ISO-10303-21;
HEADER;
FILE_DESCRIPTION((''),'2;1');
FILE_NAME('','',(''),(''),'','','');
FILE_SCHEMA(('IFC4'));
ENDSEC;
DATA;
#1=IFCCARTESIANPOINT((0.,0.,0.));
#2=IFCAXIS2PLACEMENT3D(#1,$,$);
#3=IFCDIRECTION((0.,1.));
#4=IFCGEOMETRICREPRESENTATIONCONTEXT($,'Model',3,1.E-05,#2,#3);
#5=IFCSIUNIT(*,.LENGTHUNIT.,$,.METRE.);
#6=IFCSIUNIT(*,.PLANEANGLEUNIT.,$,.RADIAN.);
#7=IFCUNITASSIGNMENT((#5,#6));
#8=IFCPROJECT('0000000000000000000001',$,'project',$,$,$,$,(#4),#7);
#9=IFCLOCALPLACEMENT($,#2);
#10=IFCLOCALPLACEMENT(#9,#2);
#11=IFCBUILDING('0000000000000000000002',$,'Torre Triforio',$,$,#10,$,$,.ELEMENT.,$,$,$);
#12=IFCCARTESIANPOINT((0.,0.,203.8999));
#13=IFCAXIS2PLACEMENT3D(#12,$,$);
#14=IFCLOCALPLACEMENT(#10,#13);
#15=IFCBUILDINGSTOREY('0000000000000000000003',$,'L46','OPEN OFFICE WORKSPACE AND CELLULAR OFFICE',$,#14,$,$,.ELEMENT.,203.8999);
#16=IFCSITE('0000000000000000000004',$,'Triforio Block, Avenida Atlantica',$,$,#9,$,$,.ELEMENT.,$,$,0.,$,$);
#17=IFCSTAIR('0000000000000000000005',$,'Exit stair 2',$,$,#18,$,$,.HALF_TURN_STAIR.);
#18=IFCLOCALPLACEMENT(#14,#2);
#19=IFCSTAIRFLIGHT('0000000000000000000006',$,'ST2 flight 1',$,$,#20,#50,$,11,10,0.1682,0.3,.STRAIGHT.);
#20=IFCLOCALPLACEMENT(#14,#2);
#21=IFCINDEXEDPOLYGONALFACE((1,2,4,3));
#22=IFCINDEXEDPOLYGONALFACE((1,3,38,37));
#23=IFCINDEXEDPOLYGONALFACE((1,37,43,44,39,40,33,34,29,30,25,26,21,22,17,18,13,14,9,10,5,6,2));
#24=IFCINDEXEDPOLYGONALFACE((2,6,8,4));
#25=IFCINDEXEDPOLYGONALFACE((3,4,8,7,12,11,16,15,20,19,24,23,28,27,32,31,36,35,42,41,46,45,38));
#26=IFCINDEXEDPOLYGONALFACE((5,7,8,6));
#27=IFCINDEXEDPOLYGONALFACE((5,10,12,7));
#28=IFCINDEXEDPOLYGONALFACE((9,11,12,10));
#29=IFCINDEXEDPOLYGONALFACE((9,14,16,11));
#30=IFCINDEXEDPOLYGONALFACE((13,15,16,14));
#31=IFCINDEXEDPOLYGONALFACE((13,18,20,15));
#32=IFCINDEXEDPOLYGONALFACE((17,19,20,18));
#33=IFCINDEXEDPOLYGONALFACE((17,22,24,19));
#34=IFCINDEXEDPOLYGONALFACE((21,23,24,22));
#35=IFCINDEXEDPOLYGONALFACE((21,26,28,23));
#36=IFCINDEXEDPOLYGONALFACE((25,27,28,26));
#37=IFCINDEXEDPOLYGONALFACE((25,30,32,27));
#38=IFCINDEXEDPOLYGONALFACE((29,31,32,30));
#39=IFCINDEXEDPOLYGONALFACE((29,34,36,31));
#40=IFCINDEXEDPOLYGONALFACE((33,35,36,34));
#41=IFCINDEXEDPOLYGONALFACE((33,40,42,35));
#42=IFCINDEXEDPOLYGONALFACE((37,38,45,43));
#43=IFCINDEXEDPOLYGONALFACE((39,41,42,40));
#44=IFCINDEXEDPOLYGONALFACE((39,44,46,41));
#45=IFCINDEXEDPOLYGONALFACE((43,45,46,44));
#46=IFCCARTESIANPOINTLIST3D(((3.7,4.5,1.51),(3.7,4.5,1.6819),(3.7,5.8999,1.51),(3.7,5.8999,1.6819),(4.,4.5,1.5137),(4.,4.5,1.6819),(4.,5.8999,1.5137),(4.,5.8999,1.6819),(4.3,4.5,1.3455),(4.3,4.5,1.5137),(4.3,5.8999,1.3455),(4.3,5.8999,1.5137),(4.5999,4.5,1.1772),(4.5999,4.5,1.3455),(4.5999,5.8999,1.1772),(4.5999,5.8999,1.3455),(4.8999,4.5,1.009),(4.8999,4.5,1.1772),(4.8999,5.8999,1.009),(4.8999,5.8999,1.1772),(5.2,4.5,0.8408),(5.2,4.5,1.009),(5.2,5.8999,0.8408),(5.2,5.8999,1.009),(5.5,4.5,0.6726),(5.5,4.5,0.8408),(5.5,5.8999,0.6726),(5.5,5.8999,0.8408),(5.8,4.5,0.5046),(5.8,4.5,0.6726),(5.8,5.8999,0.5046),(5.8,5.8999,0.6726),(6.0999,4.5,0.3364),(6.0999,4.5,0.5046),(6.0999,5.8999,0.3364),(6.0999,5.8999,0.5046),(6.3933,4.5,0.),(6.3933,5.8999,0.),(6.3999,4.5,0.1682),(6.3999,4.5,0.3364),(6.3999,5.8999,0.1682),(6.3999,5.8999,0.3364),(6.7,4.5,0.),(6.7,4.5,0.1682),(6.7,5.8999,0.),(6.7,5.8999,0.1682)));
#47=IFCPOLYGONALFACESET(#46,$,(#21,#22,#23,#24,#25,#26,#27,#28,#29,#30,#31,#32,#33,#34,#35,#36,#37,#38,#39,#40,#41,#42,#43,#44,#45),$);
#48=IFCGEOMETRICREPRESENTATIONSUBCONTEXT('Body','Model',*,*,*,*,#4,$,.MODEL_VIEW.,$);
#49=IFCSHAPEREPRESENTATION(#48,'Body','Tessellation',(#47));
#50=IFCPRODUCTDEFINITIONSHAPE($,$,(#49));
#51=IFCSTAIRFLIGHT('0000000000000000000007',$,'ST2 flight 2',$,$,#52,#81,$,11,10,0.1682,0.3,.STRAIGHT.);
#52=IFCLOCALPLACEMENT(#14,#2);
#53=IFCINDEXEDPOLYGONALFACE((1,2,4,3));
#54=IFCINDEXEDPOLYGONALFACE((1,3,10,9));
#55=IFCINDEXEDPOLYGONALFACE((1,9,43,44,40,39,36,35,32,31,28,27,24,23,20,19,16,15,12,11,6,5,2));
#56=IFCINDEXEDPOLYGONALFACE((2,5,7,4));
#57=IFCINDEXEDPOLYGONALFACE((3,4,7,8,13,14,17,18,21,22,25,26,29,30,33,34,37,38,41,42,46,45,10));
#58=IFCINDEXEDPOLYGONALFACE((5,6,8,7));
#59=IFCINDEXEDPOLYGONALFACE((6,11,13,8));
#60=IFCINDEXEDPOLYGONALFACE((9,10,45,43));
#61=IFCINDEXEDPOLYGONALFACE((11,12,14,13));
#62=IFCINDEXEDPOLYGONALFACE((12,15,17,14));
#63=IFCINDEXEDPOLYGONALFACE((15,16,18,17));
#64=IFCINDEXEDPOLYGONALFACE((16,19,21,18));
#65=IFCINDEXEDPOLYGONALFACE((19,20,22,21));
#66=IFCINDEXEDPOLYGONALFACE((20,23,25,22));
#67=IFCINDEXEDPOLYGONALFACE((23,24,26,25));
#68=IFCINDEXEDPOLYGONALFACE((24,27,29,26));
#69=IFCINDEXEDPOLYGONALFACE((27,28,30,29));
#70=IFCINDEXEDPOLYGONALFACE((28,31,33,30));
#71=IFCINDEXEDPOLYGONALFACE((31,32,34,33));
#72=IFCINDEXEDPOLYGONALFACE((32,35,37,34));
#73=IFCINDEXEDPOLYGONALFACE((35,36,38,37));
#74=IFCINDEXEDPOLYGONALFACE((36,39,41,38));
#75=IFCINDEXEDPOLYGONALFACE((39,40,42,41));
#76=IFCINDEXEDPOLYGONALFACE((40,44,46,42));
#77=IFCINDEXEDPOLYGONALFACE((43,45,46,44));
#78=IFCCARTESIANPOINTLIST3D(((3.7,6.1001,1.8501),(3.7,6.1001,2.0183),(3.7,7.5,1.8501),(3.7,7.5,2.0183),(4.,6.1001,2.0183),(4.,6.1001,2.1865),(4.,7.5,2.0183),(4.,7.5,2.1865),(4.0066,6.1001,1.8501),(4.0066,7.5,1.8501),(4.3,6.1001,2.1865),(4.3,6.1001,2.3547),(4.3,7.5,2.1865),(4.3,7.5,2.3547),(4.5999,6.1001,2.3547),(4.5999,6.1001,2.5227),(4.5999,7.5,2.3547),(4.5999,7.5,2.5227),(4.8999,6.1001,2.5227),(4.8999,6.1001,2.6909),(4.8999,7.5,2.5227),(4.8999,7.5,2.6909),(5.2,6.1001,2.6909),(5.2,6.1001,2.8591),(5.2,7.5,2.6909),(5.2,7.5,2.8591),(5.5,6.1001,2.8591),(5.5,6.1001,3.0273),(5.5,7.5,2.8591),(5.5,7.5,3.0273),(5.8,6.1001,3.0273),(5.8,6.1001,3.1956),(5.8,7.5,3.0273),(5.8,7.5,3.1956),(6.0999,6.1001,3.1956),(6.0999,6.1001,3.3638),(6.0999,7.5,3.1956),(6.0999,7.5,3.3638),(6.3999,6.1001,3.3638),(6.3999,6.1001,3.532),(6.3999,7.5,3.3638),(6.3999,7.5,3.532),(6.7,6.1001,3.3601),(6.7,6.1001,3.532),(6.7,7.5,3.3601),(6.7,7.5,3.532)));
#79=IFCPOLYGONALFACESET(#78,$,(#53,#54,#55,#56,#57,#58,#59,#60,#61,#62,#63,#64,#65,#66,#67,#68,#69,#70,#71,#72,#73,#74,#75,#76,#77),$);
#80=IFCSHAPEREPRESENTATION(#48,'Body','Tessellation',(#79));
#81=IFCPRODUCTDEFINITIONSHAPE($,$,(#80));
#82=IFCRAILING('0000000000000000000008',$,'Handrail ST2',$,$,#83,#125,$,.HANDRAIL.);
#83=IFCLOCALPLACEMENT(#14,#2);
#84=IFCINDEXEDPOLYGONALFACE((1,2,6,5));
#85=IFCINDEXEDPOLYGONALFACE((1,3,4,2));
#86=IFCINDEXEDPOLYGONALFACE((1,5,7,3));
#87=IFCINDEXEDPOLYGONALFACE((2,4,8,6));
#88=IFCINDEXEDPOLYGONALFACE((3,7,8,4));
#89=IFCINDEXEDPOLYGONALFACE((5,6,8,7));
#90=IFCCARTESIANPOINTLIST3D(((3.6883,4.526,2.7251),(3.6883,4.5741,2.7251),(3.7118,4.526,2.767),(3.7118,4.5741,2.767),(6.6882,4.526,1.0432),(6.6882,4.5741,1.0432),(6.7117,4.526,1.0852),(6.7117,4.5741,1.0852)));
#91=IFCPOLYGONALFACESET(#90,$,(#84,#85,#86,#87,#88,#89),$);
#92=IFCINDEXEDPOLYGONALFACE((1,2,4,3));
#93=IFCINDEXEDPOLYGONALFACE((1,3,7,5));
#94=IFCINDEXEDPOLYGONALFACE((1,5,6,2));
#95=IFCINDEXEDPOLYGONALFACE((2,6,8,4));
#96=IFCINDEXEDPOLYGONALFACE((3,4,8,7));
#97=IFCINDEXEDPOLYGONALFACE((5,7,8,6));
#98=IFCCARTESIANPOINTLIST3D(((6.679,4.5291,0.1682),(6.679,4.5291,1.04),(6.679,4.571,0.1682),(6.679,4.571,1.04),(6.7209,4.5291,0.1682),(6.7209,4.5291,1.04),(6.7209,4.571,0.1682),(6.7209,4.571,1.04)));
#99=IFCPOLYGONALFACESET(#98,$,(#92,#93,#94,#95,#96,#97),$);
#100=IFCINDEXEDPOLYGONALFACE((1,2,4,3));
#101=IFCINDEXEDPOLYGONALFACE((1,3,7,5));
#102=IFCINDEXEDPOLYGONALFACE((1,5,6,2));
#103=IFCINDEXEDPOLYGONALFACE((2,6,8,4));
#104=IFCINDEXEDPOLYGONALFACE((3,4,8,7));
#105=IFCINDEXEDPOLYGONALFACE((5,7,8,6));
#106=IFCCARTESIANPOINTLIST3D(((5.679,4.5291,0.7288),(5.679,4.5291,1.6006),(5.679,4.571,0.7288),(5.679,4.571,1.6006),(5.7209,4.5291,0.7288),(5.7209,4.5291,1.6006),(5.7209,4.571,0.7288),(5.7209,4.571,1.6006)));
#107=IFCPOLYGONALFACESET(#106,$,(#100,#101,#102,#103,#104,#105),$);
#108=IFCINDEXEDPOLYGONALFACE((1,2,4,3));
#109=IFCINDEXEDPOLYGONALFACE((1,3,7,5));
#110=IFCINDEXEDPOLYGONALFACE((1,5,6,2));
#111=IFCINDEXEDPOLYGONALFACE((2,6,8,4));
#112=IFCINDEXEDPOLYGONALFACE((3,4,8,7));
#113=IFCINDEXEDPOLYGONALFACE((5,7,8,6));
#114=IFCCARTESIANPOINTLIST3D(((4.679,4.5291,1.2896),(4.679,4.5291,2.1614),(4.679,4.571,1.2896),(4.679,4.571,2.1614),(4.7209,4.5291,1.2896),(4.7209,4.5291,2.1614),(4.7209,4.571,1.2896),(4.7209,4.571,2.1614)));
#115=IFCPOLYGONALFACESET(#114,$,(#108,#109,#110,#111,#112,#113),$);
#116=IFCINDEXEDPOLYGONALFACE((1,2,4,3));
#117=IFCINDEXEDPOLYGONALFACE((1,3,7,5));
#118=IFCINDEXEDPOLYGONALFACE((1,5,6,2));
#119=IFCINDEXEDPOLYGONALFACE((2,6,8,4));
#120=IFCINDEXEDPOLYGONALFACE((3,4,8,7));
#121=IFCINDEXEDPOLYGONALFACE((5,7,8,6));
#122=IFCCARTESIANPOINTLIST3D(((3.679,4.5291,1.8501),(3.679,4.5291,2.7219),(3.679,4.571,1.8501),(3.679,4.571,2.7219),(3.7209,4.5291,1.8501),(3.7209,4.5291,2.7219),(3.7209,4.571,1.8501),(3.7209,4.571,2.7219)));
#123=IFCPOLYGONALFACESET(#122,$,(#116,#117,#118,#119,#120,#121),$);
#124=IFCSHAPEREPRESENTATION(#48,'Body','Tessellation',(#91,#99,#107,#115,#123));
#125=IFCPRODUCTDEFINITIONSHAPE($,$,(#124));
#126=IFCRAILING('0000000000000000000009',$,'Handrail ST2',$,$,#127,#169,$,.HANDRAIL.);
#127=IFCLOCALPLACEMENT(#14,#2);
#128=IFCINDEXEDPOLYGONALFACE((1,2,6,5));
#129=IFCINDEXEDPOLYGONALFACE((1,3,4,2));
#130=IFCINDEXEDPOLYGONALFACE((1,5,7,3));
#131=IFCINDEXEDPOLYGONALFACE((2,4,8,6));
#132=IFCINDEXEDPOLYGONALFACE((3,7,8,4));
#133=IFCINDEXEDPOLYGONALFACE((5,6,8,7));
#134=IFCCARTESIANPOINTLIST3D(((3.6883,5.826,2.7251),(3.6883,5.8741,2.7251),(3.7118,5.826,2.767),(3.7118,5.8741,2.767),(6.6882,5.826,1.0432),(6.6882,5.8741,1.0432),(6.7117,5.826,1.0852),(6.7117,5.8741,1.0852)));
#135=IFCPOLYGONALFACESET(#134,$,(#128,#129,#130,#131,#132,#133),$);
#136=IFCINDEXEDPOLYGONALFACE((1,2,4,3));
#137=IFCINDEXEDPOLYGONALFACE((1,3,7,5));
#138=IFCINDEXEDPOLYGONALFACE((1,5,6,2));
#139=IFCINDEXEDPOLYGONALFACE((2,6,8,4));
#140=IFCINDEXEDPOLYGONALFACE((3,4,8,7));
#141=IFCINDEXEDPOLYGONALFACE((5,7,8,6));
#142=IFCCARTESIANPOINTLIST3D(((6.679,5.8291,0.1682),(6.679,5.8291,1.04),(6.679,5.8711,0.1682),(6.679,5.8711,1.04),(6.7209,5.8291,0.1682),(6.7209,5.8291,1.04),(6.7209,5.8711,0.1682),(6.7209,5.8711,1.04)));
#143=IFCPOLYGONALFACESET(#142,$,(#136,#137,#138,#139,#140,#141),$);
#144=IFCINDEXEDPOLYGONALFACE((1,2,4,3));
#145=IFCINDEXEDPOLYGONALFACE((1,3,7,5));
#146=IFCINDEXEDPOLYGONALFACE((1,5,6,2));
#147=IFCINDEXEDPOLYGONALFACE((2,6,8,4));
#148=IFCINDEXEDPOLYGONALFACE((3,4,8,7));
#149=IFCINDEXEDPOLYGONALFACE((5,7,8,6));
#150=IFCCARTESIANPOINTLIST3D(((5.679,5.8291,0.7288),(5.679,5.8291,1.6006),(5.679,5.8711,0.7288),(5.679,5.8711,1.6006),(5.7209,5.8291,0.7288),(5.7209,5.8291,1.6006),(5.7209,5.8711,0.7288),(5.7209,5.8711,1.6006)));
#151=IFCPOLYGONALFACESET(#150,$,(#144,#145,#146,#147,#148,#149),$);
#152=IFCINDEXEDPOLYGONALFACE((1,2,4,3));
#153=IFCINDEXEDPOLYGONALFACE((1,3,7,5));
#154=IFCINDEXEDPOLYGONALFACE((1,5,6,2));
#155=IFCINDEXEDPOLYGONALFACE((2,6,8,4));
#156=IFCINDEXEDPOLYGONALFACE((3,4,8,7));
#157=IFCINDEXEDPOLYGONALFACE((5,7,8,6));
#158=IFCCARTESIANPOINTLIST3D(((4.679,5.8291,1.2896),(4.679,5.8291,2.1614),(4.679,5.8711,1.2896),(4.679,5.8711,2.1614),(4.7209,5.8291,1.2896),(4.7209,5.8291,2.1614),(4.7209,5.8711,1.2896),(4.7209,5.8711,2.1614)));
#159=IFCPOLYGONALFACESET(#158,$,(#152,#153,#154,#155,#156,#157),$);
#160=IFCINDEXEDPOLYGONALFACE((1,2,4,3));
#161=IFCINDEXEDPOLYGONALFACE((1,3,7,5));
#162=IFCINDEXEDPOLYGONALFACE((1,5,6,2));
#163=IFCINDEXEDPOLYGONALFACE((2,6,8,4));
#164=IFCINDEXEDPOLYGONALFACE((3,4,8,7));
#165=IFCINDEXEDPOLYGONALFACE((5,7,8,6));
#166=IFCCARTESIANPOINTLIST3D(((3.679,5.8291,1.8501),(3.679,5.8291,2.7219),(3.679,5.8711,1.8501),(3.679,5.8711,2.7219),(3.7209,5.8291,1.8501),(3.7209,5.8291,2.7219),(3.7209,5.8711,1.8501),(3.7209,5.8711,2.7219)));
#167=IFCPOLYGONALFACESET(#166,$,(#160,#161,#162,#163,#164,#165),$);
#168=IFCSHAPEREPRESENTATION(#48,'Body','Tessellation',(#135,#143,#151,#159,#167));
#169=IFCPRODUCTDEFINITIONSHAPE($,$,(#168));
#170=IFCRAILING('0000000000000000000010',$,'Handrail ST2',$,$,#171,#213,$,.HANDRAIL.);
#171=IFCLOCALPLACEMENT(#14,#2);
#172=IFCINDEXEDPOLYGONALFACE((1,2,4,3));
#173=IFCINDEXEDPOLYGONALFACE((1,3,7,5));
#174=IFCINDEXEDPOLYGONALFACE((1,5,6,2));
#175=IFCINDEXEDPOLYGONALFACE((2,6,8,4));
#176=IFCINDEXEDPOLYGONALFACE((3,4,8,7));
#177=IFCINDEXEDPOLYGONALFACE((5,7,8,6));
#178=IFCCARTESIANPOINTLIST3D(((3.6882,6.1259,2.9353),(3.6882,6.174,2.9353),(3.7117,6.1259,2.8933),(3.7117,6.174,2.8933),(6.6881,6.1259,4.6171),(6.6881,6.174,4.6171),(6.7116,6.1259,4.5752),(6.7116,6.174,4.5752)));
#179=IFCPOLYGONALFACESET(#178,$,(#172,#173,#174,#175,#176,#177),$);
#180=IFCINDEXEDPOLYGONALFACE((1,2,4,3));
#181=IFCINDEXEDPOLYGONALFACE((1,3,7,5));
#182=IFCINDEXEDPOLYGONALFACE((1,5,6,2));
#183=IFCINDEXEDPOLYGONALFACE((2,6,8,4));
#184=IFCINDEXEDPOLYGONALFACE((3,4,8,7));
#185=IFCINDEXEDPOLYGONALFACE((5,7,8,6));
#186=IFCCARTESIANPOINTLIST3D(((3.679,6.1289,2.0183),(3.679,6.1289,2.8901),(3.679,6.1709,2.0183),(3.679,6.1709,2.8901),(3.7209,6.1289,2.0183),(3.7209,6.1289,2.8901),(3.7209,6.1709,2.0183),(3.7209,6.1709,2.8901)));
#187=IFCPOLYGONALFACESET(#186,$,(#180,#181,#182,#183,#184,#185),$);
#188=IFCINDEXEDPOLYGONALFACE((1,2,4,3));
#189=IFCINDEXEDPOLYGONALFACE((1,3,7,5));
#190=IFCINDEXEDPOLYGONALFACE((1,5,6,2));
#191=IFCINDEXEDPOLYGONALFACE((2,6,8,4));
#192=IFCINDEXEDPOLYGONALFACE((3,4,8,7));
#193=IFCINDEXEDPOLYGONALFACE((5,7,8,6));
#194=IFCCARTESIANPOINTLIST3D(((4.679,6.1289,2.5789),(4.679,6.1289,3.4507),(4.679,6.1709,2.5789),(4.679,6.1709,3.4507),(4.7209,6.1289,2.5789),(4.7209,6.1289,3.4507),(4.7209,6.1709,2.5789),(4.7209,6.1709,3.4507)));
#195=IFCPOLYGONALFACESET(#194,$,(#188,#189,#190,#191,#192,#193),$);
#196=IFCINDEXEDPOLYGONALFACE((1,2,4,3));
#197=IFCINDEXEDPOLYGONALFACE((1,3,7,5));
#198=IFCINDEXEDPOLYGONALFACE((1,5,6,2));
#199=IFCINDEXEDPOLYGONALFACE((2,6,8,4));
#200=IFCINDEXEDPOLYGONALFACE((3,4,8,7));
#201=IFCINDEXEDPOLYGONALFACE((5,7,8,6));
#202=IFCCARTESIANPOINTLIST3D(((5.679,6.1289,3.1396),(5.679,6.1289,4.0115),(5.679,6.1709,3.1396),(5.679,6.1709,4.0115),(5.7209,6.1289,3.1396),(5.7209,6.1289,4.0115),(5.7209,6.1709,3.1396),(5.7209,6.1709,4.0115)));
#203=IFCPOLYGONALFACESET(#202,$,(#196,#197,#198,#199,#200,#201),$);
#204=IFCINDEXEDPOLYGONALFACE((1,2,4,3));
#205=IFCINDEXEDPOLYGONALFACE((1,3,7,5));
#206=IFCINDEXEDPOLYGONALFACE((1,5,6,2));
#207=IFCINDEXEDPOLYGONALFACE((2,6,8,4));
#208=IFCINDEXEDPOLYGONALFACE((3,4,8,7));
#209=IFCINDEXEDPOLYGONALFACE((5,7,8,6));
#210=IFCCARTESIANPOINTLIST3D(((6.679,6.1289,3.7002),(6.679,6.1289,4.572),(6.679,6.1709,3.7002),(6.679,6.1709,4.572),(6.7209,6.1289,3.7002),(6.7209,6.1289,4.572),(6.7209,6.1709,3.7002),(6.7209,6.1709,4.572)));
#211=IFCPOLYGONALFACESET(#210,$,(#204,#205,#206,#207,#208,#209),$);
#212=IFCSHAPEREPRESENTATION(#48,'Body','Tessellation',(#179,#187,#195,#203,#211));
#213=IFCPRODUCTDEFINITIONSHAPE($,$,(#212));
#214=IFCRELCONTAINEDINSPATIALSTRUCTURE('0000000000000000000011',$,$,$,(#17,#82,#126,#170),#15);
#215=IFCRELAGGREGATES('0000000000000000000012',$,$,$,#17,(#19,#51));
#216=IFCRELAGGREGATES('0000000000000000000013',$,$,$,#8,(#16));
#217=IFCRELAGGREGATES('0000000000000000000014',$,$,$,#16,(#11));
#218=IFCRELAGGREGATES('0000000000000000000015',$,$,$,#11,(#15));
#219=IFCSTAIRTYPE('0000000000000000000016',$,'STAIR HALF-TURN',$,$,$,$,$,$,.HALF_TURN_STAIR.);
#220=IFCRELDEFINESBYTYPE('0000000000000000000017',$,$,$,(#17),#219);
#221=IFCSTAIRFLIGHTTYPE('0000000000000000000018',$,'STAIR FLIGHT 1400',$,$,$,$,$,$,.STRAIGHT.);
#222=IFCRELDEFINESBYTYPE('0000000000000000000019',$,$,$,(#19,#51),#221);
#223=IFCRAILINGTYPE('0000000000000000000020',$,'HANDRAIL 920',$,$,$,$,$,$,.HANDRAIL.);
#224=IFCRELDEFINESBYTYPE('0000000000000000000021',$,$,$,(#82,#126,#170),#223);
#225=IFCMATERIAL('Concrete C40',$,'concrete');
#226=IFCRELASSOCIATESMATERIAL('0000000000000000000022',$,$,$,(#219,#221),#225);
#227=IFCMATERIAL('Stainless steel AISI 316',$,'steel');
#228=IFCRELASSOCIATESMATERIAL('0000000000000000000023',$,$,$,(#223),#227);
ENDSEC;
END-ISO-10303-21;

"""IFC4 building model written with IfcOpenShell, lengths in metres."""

from ifc_helpers import new_model, si_unit, direction, frame, origin, origin_2d, place, context, subcontext, project, spatial, polyline, rectangle, outline, extrude, material, type_object, element, aggregate, save


model = new_model("IFC4")

# Units and contexts
model_context = context("Model", 3, precision=1e-05, world=origin(), true_north=direction((0.0, 1.0)))
body_context = subcontext(model_context, "Body", "Model", "MODEL_VIEW")
ifc_project = project(units=[si_unit("LENGTHUNIT", "METRE"), si_unit("PLANEANGLEUNIT", "RADIAN")], contexts=[model_context])

# Site, building, storey
site_placement = place(None, origin())
site = spatial("IfcSite", under=ifc_project, at=site_placement, Name="Triforio Block, Avenida Atlantica", CompositionType="ELEMENT", RefElevation=0.0)
building_placement = place(site_placement, origin())
building = spatial("IfcBuilding", under=site, at=building_placement, Name="Torre Triforio", CompositionType="ELEMENT")
storey_placement = place(building_placement, frame((0.0, 0.0, 203.8999)))
storey = spatial("IfcBuildingStorey", under=building, at=storey_placement, Name="L46", Description="OPEN OFFICE WORKSPACE AND CELLULAR OFFICE", CompositionType="ELEMENT", Elevation=203.8999)

# Stair
ifc_material_1 = material(Name="Concrete C40", Category="concrete")
stair_type = type_object("IfcStairType", Name="STAIR HALF-TURN", PredefinedType="HALF_TURN_STAIR", material=ifc_material_1)
stair_1_placement = place(storey_placement, origin())
stair_1 = element("IfcStair", 1, at=stair_1_placement, inside=storey, type_object=stair_type, Name="Exit stair 2", PredefinedType="HALF_TURN_STAIR")

# Stair flights
stair_flight_type = type_object("IfcStairFlightType", Name="STAIR FLIGHT 1400", PredefinedType="STRAIGHT", material=ifc_material_1)
stair_flight_1_placement = place(storey_placement, frame((6.7, 5.2, 0.0), z_axis=(0.0, 0.0, 1.0), x_axis=(-1.0, 0.0, 0.0)))
stair_flight_1 = element("IfcStairFlight", 2, at=stair_flight_1_placement, type_object=stair_flight_type, Name="ST2 flight 1", NumberOfRisers=11, NumberOfTreads=10, PredefinedType="STRAIGHT", RiserHeight=0.1682, TreadLength=0.3, context=body_context, shape_type="SweptSolid", body=[
    extrude(outline(polyline([(0.0, 0.0), (0.0, 0.1682), (0.3, 0.1682), (0.3, 0.3364), (0.6001, 0.3364), (0.6001, 0.5046), (0.8999, 0.5046), (0.8999, 0.6726), (1.2, 0.6726), (1.2, 0.8408), (1.5, 0.8408), (1.5, 1.009), (1.8, 1.009), (1.8, 1.1772), (2.1001, 1.1772), (2.1001, 1.3455), (2.3999, 1.3455), (2.3999, 1.5137), (2.7, 1.5137), (2.7, 1.6819), (3.0, 1.6819), (3.0, 1.8501), (3.0, 1.51), (0.3066, 0.0), (0.0, 0.0)])), frame((0.0, 0.7, 0.0), z_axis=(0.0, -1.0, 0.0), x_axis=(1.0, 0.0, 0.0)), (0.0, 0.0, 1.0), 1.3999),
])
stair_flight_2_placement = place(storey_placement, frame((3.7, 6.8, 1.8501), z_axis=(0.0, 0.0, 1.0), x_axis=(1.0, 0.0, 0.0)))
stair_flight_2 = element("IfcStairFlight", 3, at=stair_flight_2_placement, type_object=stair_flight_type, Name="ST2 flight 2", NumberOfRisers=11, NumberOfTreads=10, PredefinedType="STRAIGHT", RiserHeight=0.1682, TreadLength=0.3, context=body_context, shape_type="SweptSolid", body=[
    extrude(outline(polyline([(0.0, 0.0), (0.0, 0.1682), (0.3, 0.1682), (0.3, 0.3364), (0.6001, 0.3364), (0.6001, 0.5046), (0.8999, 0.5046), (0.8999, 0.6726), (1.2, 0.6726), (1.2, 0.8408), (1.5, 0.8408), (1.5, 1.009), (1.8, 1.009), (1.8, 1.1772), (2.1001, 1.1772), (2.1001, 1.3455), (2.3999, 1.3455), (2.3999, 1.5137), (2.7, 1.5137), (2.7, 1.6819), (3.0, 1.6819), (3.0, 1.8501), (3.0, 1.51), (0.3066, 0.0), (0.0, 0.0)])), frame((0.0, 0.7, 0.0), z_axis=(0.0, -1.0, 0.0), x_axis=(1.0, 0.0, 0.0)), (0.0, 0.0, 1.0), 1.3999),
])
aggregate(stair_1, [stair_flight_1, stair_flight_2])

# Railings
ifc_material_2 = material(Name="Stainless steel AISI 316", Category="steel")
railing_type = type_object("IfcRailingType", Name="HANDRAIL 920", PredefinedType="HANDRAIL", material=ifc_material_2)
for number, where, name in (
    (4, (6.7, 4.55, 0.1682), "Handrail ST2"),
    (5, (6.7, 5.8501, 0.1682), "Handrail ST2"),
):
    element("IfcRailing", number, at=place(storey_placement, frame(where)), inside=storey, type_object=railing_type, Name=name, PredefinedType="HANDRAIL", context=body_context, shape_type="SweptSolid", body=[
        extrude(rectangle(XDim=0.0481, YDim=0.0481, at=origin_2d()), frame((0.0, 0.0, 0.896), z_axis=(-0.872272, 0.0, 0.48902), x_axis=(0.0, -1.0, 0.0)), (0.0, 0.0, 1.0), 3.4392),
        extrude(rectangle(XDim=0.042, YDim=0.042, at=origin_2d()), origin(), (0.0, 0.0, 1.0), 0.8718),
        extrude(rectangle(XDim=0.042, YDim=0.042, at=origin_2d()), frame((-1.0, 0.0, 0.5605)), (0.0, 0.0, 1.0), 0.8718),
        extrude(rectangle(XDim=0.042, YDim=0.042, at=origin_2d()), frame((-2.0, 0.0, 1.1213)), (0.0, 0.0, 1.0), 0.8718),
        extrude(rectangle(XDim=0.042, YDim=0.042, at=origin_2d()), frame((-3.0, 0.0, 1.6819)), (0.0, 0.0, 1.0), 0.8718),
    ])
railing_placement = place(storey_placement, frame((3.7, 6.1499, 2.0183)))
element("IfcRailing", 6, at=railing_placement, inside=storey, type_object=railing_type, Name="Handrail ST2", PredefinedType="HANDRAIL", context=body_context, shape_type="SweptSolid", body=[
    extrude(rectangle(XDim=0.0481, YDim=0.0481, at=origin_2d()), frame((0.0, 0.0, 0.896), z_axis=(0.872272, 0.0, 0.48902), x_axis=(0.0, 1.0, 0.0)), (0.0, 0.0, 1.0), 3.4392),
    extrude(rectangle(XDim=0.042, YDim=0.042, at=origin_2d()), origin(), (0.0, 0.0, 1.0), 0.8718),
    extrude(rectangle(XDim=0.042, YDim=0.042, at=origin_2d()), frame((1.0, 0.0, 0.5605)), (0.0, 0.0, 1.0), 0.8718),
    extrude(rectangle(XDim=0.042, YDim=0.042, at=origin_2d()), frame((2.0, 0.0, 1.1213)), (0.0, 0.0, 1.0), 0.8718),
    extrude(rectangle(XDim=0.042, YDim=0.042, at=origin_2d()), frame((3.0, 0.0, 1.6819)), (0.0, 0.0, 1.0), 0.8718),
])

save(model, "model.ifc")
